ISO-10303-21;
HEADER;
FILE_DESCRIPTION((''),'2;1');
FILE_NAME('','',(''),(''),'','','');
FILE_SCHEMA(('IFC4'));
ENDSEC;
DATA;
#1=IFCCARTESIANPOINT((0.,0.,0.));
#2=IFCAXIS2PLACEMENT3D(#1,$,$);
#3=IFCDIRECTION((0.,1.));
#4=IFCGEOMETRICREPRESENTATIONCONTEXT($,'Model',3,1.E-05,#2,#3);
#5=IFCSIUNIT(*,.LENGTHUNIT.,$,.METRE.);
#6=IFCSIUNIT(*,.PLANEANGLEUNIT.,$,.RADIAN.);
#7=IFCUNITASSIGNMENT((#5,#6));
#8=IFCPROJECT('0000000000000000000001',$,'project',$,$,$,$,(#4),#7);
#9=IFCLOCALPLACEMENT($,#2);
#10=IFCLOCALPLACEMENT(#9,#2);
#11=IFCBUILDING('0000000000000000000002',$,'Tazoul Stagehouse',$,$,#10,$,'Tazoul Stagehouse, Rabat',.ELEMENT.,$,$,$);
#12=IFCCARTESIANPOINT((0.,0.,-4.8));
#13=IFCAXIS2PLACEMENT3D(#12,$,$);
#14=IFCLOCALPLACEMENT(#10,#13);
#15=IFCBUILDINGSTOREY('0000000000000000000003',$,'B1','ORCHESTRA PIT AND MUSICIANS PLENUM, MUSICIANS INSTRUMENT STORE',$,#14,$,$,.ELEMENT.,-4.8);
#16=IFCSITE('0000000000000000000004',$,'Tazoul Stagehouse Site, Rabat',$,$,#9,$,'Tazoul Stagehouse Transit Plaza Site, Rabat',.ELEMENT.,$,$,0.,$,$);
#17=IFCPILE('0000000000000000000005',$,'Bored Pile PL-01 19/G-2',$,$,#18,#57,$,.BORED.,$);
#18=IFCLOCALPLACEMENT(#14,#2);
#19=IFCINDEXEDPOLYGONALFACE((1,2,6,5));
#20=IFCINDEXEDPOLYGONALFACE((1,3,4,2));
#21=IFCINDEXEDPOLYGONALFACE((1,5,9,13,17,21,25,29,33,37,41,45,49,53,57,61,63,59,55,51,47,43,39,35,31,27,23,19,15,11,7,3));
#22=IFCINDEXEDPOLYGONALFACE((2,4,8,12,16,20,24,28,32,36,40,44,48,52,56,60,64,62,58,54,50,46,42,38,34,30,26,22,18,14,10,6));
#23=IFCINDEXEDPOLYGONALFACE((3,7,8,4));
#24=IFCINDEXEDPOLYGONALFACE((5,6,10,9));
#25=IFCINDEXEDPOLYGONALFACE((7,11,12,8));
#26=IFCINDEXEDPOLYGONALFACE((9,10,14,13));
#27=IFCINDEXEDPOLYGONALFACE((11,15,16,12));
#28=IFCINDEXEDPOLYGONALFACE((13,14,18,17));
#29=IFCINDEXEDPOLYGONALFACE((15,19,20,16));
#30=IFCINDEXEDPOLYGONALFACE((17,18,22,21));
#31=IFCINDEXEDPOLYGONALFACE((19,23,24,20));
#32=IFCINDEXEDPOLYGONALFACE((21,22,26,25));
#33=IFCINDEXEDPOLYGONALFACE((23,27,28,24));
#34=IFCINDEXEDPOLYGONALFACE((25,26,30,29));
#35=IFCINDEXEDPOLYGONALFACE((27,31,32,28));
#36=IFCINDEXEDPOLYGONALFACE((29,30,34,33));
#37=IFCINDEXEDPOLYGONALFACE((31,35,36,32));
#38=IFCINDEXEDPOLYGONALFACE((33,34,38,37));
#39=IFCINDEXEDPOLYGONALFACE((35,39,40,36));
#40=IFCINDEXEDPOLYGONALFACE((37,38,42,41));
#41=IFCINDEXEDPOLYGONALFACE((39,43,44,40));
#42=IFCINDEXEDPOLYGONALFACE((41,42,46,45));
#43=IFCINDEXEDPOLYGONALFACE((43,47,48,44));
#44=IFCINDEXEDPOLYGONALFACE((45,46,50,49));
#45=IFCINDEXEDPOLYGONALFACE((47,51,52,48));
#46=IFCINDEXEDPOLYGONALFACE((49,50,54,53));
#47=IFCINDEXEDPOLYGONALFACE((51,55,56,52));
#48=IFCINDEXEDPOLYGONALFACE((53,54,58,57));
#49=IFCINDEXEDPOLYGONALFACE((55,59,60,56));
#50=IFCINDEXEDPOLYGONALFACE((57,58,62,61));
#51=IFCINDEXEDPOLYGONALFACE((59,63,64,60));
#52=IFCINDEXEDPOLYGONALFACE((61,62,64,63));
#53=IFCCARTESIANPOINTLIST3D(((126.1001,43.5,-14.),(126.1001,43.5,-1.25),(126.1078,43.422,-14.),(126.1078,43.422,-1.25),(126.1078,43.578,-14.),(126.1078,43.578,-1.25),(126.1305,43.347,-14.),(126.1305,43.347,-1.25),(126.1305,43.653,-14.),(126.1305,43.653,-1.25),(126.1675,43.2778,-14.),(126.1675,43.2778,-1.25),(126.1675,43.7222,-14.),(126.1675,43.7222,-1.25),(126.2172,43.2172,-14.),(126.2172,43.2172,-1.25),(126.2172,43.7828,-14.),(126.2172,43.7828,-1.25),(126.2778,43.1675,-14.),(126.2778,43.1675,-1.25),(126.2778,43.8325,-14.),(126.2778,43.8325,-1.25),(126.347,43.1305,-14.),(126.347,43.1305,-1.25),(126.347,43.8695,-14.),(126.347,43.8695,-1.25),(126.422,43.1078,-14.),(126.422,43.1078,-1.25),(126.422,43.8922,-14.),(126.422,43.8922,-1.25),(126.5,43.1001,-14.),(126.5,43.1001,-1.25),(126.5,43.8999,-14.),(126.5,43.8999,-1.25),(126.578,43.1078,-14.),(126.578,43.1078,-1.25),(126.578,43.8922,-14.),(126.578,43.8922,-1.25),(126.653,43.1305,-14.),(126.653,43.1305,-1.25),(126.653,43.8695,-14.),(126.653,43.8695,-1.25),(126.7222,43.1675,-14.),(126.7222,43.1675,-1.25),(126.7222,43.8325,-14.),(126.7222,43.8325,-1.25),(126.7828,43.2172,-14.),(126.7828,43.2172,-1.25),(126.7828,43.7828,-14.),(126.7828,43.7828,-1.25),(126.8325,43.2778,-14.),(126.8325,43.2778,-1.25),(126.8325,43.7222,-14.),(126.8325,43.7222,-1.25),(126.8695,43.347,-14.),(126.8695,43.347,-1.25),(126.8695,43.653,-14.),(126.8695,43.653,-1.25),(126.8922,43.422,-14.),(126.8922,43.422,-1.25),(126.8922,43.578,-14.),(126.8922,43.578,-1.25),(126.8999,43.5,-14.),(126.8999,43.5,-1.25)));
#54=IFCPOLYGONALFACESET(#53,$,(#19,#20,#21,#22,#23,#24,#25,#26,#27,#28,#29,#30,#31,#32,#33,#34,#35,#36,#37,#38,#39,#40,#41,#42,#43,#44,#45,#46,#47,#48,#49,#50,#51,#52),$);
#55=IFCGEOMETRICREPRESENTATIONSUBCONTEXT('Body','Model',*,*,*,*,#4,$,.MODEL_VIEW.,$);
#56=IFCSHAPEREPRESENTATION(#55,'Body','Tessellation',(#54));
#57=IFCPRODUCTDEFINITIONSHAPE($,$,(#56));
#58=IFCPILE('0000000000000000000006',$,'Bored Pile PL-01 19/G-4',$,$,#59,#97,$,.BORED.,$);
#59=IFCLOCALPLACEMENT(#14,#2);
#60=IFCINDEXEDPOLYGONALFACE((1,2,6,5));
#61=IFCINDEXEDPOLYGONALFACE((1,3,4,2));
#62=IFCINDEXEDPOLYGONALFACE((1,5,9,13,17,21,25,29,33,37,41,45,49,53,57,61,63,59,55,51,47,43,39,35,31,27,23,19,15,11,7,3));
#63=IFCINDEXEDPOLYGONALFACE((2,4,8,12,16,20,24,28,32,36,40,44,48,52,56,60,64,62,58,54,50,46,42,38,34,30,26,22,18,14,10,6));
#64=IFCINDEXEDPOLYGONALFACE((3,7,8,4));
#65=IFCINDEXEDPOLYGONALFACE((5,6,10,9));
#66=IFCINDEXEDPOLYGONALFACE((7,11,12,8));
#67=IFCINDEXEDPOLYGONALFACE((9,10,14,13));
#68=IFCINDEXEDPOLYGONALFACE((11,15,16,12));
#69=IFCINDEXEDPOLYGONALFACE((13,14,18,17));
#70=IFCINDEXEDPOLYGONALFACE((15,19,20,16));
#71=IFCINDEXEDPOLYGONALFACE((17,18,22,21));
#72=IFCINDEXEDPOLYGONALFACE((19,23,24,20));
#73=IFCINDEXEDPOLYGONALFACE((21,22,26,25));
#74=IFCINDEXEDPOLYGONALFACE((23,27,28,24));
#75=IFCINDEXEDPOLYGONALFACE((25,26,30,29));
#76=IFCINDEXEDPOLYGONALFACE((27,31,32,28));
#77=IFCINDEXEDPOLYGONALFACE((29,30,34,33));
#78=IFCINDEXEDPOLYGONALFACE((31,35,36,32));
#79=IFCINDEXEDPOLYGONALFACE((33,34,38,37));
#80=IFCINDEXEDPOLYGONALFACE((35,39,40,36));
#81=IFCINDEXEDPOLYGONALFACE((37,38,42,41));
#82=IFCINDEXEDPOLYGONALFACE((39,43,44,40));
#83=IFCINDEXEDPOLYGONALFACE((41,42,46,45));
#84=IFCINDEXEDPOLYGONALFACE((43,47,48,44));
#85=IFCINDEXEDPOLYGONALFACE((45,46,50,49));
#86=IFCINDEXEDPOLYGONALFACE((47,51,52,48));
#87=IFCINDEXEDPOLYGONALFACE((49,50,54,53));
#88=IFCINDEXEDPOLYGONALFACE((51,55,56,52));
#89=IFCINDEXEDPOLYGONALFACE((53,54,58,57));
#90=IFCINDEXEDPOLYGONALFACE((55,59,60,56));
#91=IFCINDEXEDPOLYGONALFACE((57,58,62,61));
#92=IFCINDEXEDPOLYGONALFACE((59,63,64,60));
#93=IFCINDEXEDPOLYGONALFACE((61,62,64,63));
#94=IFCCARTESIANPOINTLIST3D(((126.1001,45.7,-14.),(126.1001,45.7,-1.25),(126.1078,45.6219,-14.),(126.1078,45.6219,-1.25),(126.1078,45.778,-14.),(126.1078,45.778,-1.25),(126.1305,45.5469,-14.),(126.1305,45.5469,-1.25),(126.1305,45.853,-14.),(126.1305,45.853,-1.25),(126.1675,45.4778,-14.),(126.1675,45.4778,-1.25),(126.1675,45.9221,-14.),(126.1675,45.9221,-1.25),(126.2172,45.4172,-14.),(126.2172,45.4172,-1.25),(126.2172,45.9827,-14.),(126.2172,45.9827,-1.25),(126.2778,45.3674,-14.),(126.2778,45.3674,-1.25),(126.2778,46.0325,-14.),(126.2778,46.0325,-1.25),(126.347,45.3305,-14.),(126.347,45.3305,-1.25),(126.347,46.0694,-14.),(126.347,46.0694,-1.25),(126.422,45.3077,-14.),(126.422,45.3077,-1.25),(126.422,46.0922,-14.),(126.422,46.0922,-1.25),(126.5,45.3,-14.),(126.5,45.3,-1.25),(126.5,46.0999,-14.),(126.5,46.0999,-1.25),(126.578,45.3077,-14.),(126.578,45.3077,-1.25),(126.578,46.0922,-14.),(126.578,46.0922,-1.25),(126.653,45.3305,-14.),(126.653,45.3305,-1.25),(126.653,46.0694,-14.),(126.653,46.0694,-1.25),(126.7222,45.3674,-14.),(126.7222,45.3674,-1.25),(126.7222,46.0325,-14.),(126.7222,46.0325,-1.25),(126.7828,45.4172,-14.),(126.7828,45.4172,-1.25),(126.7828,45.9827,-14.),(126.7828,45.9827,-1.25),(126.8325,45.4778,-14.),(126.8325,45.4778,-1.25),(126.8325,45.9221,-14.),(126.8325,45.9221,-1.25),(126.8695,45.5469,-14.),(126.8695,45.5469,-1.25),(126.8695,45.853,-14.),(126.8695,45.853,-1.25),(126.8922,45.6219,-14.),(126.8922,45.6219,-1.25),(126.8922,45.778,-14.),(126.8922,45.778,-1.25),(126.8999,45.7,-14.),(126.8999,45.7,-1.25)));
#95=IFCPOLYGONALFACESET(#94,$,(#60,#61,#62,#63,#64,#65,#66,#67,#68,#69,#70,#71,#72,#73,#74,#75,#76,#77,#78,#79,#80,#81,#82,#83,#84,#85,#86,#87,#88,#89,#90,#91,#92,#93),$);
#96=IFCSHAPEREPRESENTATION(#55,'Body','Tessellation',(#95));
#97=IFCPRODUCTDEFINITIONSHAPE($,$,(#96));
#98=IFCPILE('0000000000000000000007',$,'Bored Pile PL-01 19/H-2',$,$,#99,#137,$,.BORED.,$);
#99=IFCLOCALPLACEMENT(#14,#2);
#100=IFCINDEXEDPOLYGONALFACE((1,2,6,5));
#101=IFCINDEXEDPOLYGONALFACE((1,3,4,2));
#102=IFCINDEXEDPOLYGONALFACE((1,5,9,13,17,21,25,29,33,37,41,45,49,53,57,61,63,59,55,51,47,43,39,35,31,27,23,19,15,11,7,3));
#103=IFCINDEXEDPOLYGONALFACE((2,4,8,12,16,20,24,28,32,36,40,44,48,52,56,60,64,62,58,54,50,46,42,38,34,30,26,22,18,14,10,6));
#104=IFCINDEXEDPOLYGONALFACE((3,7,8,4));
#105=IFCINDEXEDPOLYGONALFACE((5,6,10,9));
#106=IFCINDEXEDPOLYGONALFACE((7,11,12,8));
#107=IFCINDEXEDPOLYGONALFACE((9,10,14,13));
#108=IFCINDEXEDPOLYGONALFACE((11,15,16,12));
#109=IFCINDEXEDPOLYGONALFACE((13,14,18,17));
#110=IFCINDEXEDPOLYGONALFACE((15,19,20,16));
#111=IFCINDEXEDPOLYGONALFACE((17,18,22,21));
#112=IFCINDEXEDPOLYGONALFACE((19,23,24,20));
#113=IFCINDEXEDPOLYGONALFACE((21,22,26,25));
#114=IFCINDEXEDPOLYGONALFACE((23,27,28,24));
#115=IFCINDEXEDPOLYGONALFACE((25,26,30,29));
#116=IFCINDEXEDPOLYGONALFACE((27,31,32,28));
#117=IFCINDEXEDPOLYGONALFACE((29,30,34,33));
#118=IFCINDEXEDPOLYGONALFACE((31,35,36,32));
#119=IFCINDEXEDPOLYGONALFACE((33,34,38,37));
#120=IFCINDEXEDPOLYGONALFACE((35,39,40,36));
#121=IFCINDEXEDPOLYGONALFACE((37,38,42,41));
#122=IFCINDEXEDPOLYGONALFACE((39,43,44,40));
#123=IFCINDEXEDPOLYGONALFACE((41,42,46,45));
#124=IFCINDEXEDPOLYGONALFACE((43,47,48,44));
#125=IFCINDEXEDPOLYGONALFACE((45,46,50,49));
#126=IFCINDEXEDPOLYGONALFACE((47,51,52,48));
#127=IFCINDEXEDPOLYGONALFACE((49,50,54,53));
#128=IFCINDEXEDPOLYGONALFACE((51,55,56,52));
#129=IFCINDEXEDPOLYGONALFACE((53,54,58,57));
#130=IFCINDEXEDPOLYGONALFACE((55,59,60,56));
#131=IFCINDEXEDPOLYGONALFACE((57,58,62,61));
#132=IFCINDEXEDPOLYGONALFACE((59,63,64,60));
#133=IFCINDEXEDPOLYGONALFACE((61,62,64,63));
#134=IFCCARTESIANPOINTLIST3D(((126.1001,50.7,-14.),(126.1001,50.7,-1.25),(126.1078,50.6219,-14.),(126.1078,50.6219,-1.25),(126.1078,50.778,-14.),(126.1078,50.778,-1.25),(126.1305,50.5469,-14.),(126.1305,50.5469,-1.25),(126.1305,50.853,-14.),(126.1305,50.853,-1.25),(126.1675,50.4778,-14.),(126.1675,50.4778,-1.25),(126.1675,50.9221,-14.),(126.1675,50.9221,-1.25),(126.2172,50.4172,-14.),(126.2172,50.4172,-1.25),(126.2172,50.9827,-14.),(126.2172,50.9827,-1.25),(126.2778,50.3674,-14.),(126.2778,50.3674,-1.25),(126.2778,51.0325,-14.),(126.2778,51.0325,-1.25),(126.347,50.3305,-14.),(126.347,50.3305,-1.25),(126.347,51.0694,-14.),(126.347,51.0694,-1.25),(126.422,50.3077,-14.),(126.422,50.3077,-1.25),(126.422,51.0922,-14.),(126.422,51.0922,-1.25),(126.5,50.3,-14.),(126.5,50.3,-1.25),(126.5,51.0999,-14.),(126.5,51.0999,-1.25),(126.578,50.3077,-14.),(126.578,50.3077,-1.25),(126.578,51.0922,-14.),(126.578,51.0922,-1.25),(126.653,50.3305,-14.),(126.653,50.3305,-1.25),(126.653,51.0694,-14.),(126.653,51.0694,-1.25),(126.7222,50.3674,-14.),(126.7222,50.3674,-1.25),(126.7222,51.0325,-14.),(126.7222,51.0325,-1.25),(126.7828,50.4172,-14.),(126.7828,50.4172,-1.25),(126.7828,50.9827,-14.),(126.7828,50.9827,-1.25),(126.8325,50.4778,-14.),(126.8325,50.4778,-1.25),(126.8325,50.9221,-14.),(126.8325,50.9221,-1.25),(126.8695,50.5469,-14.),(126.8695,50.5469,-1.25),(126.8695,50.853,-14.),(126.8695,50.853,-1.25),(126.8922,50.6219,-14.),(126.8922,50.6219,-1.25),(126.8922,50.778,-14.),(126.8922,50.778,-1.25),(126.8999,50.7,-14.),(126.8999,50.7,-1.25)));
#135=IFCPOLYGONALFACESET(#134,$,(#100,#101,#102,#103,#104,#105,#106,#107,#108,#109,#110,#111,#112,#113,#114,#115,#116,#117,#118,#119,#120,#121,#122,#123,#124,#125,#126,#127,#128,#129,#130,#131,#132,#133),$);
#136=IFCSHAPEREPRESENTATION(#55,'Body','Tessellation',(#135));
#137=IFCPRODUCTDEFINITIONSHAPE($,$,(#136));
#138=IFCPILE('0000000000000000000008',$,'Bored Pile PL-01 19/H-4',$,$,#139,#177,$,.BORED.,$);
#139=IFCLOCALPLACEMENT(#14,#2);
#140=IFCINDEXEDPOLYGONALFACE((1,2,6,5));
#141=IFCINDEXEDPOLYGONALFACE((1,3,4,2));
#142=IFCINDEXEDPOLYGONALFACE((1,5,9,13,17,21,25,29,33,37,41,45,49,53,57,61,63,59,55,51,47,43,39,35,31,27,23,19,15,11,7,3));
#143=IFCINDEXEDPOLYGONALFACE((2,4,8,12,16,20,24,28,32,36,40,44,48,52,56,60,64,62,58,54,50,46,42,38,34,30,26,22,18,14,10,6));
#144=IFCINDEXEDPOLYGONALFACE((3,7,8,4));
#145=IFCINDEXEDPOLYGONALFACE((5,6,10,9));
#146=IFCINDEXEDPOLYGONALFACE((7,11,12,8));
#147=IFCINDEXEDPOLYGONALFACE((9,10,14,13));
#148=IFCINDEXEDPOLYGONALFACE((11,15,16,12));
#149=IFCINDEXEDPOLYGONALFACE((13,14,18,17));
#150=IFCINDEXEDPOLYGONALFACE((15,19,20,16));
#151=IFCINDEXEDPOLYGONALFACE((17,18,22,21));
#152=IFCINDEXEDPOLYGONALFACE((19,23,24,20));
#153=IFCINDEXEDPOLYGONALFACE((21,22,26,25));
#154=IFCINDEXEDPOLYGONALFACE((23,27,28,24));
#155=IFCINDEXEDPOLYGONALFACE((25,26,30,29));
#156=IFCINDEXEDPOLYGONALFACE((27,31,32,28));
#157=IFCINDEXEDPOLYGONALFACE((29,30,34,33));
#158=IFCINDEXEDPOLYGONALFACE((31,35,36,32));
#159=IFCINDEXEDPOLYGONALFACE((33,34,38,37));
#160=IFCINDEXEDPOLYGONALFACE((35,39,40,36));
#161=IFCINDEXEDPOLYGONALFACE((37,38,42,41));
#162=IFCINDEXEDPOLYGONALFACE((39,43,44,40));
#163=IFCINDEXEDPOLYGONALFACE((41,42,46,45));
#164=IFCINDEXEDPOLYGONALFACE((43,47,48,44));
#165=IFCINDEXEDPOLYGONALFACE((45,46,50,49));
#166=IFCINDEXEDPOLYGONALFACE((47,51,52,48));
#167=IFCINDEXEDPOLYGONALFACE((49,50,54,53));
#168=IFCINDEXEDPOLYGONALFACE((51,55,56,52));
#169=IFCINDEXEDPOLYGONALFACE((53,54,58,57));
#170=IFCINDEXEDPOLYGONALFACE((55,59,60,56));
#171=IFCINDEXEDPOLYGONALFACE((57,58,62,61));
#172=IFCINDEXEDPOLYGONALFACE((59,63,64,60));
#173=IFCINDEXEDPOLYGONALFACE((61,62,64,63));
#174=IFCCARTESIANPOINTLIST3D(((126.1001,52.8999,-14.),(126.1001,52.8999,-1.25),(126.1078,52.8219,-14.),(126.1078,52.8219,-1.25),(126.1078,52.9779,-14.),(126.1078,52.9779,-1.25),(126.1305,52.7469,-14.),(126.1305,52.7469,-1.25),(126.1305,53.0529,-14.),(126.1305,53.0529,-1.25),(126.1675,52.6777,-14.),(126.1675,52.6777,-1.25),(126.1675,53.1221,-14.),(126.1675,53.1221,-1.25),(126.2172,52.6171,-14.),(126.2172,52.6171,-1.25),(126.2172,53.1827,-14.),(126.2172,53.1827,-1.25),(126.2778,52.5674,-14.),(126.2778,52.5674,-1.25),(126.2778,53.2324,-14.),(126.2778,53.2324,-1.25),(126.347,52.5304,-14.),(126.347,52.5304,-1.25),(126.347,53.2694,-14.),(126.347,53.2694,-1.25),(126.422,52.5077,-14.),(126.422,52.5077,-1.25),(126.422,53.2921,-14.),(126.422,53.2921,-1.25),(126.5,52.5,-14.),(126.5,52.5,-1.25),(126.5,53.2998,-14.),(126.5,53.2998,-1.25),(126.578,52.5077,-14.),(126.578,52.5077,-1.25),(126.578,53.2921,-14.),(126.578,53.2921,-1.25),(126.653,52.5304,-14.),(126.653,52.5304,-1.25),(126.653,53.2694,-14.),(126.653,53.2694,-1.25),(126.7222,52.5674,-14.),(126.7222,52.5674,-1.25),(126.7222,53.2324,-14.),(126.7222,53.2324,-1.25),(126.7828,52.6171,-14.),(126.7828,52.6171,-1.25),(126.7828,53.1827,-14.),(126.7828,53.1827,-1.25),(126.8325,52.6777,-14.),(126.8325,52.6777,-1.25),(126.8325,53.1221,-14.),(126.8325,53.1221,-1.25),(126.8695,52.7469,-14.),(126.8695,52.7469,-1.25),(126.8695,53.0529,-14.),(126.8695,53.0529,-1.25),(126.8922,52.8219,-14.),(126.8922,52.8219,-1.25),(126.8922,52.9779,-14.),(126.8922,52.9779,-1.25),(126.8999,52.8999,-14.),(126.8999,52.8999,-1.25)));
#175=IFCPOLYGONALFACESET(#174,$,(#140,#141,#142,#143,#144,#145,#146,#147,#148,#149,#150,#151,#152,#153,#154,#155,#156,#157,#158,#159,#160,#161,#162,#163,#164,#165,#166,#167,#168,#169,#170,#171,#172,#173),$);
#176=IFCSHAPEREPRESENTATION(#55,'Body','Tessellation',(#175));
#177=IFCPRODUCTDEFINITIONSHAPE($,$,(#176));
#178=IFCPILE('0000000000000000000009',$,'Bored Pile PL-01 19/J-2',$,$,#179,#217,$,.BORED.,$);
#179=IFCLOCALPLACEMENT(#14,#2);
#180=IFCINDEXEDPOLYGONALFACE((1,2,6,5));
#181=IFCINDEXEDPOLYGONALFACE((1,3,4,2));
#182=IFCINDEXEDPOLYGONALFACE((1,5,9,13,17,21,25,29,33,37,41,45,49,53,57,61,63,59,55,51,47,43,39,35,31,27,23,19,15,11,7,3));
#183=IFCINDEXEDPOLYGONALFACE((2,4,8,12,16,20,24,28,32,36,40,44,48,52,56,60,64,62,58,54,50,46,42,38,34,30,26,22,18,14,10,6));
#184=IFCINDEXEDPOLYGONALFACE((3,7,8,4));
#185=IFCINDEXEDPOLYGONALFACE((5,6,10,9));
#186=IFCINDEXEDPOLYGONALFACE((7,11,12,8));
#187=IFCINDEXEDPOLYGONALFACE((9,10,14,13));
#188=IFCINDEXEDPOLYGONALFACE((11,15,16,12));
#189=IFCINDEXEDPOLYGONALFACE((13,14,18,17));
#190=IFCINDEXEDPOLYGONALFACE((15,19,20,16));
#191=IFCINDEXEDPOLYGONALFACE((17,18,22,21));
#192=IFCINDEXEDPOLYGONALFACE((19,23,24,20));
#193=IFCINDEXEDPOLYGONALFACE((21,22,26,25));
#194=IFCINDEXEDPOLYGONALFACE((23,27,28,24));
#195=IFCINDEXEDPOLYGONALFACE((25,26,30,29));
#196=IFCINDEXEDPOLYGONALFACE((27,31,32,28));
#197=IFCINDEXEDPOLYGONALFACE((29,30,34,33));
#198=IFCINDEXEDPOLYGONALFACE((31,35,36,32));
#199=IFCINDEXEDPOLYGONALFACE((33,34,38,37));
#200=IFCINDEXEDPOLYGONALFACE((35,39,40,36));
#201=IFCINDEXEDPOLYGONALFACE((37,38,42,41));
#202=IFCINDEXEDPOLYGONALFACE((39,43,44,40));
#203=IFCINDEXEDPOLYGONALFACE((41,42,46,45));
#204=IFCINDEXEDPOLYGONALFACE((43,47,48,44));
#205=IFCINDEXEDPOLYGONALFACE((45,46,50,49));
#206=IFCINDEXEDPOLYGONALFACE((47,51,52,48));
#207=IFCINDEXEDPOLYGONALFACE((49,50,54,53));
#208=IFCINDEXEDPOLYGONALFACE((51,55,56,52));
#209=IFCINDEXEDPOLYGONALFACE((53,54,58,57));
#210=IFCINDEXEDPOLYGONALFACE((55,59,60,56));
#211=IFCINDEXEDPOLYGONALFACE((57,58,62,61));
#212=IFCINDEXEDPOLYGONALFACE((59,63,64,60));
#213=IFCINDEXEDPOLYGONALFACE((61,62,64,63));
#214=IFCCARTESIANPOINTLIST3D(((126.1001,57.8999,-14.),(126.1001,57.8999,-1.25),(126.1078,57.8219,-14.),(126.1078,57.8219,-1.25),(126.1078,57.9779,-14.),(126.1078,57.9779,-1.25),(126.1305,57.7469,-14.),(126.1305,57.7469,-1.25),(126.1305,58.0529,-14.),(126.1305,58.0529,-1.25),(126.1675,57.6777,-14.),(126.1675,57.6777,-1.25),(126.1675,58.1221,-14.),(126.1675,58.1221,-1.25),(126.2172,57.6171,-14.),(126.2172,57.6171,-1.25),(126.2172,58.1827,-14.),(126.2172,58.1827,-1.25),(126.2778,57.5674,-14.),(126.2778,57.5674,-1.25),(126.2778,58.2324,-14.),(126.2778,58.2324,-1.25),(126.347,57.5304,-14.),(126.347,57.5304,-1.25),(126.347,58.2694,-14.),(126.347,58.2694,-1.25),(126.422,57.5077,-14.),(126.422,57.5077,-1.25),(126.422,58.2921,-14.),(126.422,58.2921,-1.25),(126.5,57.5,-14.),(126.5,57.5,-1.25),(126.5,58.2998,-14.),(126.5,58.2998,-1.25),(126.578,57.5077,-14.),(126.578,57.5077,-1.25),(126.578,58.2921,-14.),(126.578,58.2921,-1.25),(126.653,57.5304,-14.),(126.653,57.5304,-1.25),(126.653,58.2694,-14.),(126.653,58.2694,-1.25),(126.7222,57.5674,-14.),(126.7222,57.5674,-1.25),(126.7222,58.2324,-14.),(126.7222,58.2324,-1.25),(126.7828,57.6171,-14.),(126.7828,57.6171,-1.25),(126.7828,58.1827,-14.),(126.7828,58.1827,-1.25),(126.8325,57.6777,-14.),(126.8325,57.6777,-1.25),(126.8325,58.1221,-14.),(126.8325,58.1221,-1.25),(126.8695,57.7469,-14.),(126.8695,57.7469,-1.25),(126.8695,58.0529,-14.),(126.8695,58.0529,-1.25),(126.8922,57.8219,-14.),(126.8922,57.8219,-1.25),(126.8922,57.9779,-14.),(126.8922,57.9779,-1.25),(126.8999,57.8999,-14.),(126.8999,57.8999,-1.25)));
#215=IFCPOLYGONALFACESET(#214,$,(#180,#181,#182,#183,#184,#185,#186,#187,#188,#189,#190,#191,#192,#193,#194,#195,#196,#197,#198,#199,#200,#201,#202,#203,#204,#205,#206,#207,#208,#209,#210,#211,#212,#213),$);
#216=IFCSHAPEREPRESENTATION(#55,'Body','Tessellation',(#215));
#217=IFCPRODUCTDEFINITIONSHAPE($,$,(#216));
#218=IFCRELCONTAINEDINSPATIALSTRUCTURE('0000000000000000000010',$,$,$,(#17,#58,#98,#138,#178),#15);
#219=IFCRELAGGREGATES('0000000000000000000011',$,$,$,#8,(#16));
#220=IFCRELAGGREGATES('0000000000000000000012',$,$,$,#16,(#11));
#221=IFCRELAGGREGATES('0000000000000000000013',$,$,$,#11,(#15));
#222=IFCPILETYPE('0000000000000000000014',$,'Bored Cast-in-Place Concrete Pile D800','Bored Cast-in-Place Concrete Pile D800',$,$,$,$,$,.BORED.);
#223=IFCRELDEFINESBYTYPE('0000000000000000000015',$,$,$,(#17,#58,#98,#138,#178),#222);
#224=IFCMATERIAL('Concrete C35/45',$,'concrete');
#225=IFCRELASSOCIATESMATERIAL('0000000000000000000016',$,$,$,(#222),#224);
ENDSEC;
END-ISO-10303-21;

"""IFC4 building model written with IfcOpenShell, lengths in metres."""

from ifc_helpers import new_model, si_unit, direction, frame, origin, origin_2d, place, context, subcontext, project, spatial, circle, extrude, material, material_profile, profile_set, type_object, element, save


model = new_model("IFC4")

# Units and contexts
model_context = context("Model", 3, precision=1e-05, world=origin(), true_north=direction((0.0, 1.0)))
body_context = subcontext(model_context, "Body", "Model", "MODEL_VIEW")
ifc_project = project(units=[si_unit("LENGTHUNIT", "METRE"), si_unit("PLANEANGLEUNIT", "RADIAN")], contexts=[model_context])

# Site, building, storey
site_placement = place(None, origin())
site = spatial("IfcSite", under=ifc_project, at=site_placement, Name="Tazoul Stagehouse Site, Rabat", LongName="Tazoul Stagehouse Transit Plaza Site, Rabat", CompositionType="ELEMENT", RefElevation=0.0)
building_placement = place(site_placement, origin())
building = spatial("IfcBuilding", under=site, at=building_placement, Name="Tazoul Stagehouse", LongName="Tazoul Stagehouse, Rabat", CompositionType="ELEMENT")
storey_placement = place(building_placement, frame((0.0, 0.0, -4.8)))
storey = spatial("IfcBuildingStorey", under=building, at=storey_placement, Name="B1", Description="ORCHESTRA PIT AND MUSICIANS PLENUM, MUSICIANS INSTRUMENT STORE", CompositionType="ELEMENT", Elevation=-4.8)

# Piles
ifc_material_1 = material(Name="Concrete C35/45", Category="concrete")
ifc_material_profile_1 = material_profile(ifc_material_1, circle(Radius=0.3999, at=origin_2d()), Name="BORED PILE 800")
ifc_profile_set_1 = profile_set([ifc_material_profile_1], Name="Concrete C35/45")
pile_type = type_object("IfcPileType", Name="Bored Cast-in-Place Concrete Pile D800", Description="Bored Cast-in-Place Concrete Pile D800", PredefinedType="BORED", material=ifc_profile_set_1)
for number, where, z_axis, x_axis, name in (
    (1, (126.5, 43.5, -1.25), (0.0, 0.0, -1.0), (1.0, 0.0, 0.0), "Bored Pile PL-01 19/G-2"),
    (2, (126.5, 45.7, -1.25), (0.0, 0.0, -1.0), (1.0, 0.0, 0.0), "Bored Pile PL-01 19/G-4"),
    (3, (126.5, 50.7, -1.25), (0.0, 0.0, -1.0), (1.0, 0.0, 0.0), "Bored Pile PL-01 19/H-2"),
    (4, (126.5, 52.8999, -1.25), (0.0, 0.0, -1.0), (1.0, 0.0, 0.0), "Bored Pile PL-01 19/H-4"),
    (5, (126.5, 57.8999, -1.25), (0.0, 0.0, -1.0), (1.0, 0.0, 0.0), "Bored Pile PL-01 19/J-2"),
):
    element("IfcPile", number, at=place(storey_placement, frame(where, z_axis=z_axis, x_axis=x_axis)), inside=storey, type_object=pile_type, Name=name, PredefinedType="BORED", context=body_context, shape_type="SweptSolid", body=[
        extrude(circle(Radius=0.3999, at=origin_2d()), origin(), (0.0, 0.0, 1.0), 12.75),
    ])

save(model, "model.ifc")
